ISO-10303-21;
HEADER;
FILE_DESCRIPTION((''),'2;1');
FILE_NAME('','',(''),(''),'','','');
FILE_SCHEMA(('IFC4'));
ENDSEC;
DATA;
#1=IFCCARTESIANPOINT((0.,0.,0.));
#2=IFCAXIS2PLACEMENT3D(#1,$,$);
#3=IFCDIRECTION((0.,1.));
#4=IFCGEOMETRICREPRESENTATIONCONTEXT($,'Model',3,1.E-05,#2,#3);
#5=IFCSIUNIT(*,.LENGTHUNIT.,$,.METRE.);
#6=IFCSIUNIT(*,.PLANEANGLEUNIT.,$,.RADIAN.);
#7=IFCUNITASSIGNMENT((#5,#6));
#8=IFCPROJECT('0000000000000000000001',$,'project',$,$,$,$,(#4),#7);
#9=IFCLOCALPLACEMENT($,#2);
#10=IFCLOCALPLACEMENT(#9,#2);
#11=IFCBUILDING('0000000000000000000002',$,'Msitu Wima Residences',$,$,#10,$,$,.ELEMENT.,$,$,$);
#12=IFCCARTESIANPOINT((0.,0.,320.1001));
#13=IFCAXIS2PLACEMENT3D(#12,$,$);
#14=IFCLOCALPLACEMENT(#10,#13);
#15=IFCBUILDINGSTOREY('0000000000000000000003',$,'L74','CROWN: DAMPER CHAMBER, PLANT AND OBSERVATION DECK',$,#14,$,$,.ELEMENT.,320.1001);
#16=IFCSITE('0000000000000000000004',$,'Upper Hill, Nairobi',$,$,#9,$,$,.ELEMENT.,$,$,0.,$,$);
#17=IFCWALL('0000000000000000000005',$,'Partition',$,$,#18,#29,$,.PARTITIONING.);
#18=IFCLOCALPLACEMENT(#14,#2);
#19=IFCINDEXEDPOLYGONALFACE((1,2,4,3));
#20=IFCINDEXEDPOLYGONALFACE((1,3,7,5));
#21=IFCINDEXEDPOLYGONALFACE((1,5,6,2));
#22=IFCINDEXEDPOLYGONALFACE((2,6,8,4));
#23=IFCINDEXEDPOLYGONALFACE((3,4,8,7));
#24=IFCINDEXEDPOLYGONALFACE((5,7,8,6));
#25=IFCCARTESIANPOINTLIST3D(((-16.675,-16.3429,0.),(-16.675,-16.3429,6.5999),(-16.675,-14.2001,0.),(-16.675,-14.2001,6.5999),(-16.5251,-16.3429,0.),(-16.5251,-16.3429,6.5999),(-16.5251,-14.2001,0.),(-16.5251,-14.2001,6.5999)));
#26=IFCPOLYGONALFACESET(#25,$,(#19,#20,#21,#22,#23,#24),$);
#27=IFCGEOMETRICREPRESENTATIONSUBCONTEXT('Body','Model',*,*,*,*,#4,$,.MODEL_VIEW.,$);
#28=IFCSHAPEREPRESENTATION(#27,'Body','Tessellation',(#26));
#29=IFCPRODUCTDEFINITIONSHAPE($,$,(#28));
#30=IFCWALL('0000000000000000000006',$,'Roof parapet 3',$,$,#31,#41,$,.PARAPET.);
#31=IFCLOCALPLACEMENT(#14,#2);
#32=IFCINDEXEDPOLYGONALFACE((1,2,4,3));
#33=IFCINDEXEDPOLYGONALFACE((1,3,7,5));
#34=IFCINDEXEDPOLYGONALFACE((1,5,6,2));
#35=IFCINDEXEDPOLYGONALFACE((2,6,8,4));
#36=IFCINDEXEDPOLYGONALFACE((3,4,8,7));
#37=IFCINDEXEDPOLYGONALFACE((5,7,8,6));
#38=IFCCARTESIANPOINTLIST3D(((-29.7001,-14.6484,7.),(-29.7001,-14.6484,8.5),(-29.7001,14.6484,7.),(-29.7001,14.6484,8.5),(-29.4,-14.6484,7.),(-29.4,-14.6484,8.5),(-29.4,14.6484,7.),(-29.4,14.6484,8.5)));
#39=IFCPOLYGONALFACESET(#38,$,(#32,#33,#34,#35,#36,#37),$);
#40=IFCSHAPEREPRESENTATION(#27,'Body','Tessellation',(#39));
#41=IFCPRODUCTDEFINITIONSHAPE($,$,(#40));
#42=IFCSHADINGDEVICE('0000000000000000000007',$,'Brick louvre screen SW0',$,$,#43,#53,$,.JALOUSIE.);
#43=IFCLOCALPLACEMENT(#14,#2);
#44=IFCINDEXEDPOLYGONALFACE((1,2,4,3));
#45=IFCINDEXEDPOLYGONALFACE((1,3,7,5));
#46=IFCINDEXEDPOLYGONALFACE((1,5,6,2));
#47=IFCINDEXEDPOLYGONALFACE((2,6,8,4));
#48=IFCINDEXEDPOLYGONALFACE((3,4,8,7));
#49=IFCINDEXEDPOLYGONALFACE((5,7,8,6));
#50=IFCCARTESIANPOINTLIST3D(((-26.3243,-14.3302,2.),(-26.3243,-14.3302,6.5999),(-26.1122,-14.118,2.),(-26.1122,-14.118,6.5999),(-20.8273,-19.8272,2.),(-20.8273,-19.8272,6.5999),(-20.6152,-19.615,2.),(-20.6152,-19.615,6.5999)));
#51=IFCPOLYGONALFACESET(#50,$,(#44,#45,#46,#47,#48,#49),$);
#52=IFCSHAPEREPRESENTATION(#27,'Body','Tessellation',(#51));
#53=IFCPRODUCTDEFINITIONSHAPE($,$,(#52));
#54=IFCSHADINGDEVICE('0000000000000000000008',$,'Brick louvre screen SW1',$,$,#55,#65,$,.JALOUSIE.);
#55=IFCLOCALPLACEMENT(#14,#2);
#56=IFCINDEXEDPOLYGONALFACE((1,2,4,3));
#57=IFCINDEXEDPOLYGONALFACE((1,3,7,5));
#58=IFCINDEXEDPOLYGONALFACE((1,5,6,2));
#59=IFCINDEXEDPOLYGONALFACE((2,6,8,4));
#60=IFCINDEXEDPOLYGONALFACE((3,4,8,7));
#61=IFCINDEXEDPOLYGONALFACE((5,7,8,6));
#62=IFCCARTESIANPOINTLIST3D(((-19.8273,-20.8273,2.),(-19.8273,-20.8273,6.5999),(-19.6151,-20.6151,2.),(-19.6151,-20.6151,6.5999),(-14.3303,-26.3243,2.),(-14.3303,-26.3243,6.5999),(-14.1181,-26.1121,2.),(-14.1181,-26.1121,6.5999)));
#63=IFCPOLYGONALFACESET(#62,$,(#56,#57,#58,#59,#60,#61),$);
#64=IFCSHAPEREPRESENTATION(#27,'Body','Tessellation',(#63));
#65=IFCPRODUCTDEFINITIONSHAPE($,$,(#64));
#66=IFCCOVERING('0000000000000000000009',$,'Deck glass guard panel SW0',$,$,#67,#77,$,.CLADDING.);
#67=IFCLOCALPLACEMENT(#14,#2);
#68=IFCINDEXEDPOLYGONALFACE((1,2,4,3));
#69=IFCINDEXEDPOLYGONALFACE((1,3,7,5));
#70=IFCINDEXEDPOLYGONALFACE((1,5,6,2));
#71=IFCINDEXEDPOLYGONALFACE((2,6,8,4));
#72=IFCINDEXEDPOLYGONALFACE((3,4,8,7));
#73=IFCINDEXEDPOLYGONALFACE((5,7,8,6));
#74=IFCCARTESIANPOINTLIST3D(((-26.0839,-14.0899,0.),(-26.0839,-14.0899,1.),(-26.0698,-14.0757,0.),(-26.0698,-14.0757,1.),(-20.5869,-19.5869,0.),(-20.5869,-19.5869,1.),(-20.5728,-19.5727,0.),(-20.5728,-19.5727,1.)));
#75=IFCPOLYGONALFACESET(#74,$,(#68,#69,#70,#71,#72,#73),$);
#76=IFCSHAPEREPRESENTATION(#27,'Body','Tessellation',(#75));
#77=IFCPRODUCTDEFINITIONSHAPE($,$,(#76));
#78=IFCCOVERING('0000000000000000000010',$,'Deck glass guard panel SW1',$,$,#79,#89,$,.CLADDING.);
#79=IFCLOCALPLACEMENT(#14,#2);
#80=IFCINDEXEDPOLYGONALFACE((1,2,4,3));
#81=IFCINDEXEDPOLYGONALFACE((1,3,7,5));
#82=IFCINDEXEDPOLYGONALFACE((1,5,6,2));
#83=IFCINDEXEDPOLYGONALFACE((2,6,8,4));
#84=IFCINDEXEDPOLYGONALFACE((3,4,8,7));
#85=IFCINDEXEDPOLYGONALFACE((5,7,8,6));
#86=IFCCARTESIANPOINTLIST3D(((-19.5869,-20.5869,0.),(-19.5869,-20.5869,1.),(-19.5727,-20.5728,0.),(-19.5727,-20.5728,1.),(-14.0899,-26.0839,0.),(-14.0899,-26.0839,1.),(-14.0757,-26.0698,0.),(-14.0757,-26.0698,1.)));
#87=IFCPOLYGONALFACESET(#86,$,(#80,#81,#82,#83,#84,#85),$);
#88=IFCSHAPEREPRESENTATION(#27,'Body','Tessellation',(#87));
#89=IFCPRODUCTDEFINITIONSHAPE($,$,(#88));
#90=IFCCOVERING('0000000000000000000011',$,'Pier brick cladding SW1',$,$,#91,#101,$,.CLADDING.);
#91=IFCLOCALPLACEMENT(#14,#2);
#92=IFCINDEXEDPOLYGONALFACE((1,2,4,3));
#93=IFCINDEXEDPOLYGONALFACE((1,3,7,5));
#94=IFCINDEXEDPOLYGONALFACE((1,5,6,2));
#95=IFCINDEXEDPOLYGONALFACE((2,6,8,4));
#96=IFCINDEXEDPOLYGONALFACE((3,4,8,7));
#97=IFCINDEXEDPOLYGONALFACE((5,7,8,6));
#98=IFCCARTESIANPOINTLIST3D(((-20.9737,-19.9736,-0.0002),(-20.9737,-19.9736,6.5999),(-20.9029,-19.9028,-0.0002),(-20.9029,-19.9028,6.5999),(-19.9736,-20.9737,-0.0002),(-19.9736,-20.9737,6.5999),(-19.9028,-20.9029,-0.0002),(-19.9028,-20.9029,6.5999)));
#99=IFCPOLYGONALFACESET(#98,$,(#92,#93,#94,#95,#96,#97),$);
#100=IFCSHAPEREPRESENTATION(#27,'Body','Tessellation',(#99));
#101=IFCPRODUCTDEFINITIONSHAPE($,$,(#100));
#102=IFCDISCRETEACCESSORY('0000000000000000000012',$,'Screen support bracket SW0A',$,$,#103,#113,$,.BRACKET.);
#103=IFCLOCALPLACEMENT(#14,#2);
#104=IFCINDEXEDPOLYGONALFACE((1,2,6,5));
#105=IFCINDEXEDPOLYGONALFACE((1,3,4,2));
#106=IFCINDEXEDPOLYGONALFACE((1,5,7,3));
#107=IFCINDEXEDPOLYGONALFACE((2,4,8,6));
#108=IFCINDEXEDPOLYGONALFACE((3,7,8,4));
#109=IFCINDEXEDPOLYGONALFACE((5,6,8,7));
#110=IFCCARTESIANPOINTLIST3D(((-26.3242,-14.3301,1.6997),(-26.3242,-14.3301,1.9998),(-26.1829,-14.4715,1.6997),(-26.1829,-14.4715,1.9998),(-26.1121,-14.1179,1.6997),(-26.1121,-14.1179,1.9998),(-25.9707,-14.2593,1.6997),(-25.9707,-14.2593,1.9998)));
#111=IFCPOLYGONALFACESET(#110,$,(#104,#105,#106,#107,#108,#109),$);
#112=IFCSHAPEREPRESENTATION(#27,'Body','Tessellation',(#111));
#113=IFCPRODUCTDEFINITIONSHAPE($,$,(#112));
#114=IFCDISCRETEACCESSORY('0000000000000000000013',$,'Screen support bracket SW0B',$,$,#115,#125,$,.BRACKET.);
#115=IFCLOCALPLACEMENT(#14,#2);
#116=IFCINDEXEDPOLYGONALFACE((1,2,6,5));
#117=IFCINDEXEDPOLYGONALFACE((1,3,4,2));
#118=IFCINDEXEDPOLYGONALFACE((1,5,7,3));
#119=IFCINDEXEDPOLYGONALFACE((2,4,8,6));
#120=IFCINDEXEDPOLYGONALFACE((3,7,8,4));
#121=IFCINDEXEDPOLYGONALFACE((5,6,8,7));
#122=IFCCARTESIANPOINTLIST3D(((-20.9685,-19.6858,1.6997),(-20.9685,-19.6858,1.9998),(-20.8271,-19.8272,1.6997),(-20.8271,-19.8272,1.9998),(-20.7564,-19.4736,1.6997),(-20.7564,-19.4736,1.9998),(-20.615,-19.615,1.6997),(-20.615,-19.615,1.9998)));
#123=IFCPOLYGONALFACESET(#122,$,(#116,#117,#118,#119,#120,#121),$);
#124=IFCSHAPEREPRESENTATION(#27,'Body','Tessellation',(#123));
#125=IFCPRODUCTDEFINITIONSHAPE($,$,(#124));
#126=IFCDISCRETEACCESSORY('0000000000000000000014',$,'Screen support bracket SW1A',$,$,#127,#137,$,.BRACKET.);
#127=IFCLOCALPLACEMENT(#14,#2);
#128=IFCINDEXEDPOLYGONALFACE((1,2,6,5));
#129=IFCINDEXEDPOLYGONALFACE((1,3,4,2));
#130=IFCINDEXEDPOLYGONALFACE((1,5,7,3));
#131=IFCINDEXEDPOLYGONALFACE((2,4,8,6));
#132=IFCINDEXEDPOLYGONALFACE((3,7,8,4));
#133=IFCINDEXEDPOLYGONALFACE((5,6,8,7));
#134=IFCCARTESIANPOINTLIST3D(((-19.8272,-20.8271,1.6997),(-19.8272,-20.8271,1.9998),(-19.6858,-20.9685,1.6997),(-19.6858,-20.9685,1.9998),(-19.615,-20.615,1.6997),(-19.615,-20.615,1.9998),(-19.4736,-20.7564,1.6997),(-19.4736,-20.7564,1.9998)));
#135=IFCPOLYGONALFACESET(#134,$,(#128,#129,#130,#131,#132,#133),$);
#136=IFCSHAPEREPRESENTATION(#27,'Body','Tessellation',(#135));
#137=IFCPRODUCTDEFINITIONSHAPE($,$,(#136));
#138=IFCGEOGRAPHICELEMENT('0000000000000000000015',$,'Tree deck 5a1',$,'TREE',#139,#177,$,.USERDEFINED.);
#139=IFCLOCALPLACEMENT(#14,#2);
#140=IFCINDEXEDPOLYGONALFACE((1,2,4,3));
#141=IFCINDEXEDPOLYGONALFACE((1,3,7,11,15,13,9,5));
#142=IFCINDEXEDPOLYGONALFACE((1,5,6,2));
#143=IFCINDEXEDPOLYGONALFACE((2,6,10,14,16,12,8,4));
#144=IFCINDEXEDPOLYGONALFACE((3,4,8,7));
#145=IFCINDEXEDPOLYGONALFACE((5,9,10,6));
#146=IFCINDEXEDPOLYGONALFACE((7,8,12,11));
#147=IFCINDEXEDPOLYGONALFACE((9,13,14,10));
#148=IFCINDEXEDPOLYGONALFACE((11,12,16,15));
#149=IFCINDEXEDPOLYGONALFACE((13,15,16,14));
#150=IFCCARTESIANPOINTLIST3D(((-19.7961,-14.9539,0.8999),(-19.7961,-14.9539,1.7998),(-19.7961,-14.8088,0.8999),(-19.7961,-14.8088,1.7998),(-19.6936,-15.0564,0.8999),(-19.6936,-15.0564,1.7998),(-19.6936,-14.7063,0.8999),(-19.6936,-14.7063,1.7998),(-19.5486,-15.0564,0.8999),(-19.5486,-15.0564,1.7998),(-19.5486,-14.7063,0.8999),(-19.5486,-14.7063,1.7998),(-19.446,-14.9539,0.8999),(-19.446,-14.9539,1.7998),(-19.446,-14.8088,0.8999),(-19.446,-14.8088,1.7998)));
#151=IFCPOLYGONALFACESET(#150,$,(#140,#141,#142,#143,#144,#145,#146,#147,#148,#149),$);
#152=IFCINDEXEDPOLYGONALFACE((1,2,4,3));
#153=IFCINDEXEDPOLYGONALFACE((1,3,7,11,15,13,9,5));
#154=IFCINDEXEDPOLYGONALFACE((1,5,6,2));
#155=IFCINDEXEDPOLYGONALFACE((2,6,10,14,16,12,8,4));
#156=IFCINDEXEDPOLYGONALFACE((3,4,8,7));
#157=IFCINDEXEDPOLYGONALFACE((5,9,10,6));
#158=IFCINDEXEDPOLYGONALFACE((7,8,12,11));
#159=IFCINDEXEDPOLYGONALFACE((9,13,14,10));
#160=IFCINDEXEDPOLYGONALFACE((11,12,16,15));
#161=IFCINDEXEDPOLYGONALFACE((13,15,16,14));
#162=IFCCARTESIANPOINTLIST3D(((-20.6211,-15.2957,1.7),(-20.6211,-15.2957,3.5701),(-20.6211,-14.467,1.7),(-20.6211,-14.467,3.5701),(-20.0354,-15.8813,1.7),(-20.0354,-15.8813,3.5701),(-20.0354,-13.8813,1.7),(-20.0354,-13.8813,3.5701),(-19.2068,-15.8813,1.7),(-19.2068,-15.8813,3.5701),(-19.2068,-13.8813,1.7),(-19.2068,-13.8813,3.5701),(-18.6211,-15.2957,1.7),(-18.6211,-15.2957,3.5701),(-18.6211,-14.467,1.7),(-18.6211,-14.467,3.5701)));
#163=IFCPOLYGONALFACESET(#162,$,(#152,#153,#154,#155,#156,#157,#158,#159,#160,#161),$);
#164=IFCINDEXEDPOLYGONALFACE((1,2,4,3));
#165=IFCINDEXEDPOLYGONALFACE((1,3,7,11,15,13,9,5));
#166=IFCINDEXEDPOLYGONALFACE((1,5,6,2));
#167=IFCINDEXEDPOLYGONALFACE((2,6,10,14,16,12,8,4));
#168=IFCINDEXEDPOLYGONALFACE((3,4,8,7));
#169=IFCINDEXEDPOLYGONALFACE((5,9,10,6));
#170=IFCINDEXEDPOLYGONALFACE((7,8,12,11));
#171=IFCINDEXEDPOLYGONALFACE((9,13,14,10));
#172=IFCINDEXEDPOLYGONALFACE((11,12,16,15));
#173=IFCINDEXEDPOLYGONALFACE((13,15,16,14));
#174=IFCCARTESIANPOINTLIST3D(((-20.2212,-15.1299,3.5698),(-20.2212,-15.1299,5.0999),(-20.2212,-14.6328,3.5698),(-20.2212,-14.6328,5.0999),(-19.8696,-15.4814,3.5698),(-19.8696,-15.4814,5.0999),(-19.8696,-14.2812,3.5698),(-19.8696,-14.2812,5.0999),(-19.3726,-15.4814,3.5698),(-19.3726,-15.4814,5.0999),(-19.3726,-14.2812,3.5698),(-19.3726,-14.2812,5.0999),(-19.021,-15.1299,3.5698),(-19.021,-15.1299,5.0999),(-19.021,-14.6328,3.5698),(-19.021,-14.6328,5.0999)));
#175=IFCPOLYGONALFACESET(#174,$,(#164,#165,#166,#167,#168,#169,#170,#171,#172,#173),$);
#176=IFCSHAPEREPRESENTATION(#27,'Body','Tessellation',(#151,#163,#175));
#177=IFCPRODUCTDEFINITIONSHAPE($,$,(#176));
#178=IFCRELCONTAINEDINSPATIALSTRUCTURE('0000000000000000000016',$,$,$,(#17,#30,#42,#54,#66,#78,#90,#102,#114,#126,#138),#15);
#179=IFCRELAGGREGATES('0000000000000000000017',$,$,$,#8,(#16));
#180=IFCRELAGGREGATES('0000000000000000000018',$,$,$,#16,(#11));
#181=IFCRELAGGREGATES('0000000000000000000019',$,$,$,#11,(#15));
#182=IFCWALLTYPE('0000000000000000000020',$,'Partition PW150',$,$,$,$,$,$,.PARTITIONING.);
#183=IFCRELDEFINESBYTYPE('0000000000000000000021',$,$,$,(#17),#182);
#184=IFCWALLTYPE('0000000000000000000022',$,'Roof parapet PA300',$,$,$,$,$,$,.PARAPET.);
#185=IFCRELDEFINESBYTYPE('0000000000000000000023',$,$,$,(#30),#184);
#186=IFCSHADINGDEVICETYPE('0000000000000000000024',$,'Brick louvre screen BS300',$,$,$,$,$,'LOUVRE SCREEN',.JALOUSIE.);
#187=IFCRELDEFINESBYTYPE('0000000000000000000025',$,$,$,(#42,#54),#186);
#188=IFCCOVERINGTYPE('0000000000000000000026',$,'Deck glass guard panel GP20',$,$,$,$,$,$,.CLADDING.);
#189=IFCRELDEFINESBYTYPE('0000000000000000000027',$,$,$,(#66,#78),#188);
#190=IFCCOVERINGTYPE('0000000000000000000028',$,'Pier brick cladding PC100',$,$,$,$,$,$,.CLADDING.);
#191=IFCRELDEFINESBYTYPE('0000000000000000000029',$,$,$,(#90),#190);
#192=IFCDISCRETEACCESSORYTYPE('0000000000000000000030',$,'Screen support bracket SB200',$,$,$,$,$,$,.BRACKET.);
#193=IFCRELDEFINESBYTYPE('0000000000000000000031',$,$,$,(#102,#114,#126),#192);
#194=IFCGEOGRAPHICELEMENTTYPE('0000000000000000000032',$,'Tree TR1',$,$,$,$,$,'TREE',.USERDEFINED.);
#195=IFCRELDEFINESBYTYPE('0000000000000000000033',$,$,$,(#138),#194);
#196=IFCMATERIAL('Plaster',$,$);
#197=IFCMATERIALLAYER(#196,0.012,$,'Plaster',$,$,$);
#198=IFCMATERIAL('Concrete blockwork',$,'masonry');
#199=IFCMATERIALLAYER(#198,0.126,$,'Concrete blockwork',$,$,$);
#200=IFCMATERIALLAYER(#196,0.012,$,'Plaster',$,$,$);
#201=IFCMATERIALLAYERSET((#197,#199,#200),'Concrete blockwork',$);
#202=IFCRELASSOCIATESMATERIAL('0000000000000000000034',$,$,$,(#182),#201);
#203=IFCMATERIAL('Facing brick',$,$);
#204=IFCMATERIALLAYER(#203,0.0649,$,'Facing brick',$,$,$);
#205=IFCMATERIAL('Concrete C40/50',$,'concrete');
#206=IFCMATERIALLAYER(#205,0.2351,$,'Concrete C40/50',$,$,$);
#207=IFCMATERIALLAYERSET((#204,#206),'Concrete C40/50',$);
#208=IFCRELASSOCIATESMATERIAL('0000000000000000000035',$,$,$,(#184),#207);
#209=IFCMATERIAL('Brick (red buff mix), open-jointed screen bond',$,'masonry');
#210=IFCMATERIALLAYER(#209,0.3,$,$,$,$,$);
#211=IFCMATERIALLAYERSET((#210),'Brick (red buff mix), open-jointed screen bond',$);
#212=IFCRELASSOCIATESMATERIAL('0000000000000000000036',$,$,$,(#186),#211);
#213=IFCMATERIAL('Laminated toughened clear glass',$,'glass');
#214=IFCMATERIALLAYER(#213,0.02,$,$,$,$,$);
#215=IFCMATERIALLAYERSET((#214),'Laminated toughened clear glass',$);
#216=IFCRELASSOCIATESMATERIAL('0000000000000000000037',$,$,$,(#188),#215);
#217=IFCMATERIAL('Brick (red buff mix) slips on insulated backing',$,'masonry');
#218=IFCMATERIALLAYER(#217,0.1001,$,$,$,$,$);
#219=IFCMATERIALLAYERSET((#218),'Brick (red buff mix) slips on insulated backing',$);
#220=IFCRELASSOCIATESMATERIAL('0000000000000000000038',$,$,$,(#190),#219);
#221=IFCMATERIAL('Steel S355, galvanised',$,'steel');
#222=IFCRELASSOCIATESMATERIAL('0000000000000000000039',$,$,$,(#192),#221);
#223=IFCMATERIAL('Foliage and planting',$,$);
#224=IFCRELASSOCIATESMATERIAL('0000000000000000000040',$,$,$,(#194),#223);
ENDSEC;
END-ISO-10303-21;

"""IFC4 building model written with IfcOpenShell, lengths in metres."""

from ifc_helpers import new_model, si_unit, direction, frame, frame_2d, origin, origin_2d, place, context, subcontext, project, spatial, polyline, rectangle, outline, extrude, material, layer, layer_set, type_object, element, save


model = new_model("IFC4")

# Units and contexts
model_context = context("Model", 3, precision=1e-05, world=origin(), true_north=direction((0.0, 1.0)))
body_context = subcontext(model_context, "Body", "Model", "MODEL_VIEW")
ifc_project = project(units=[si_unit("LENGTHUNIT", "METRE"), si_unit("PLANEANGLEUNIT", "RADIAN")], contexts=[model_context])

# Site, building, storey
site_placement = place(None, origin())
site = spatial("IfcSite", under=ifc_project, at=site_placement, Name="Upper Hill, Nairobi", CompositionType="ELEMENT", RefElevation=0.0)
building_placement = place(site_placement, origin())
building = spatial("IfcBuilding", under=site, at=building_placement, Name="Msitu Wima Residences", CompositionType="ELEMENT")
storey_placement = place(building_placement, frame((0.0, 0.0, 320.1001)))
storey = spatial("IfcBuildingStorey", under=building, at=storey_placement, Name="L74", Description="CROWN: DAMPER CHAMBER, PLANT AND OBSERVATION DECK", CompositionType="ELEMENT", Elevation=320.1001)

# Walls
ifc_material_1 = material(Name="Plaster")
ifc_layer_1 = layer(ifc_material_1, 0.012, Name="Plaster")
ifc_material_2 = material(Name="Concrete blockwork", Category="masonry")
ifc_layer_2 = layer(ifc_material_2, 0.126, Name="Concrete blockwork")
ifc_layer_3 = layer(ifc_material_1, 0.012, Name="Plaster")
ifc_layer_set_1 = layer_set([ifc_layer_1, ifc_layer_2, ifc_layer_3], Name="Concrete blockwork")
wall_type_1 = type_object("IfcWallType", Name="Partition PW150", PredefinedType="PARTITIONING", material=ifc_layer_set_1)
wall_1_placement = place(storey_placement, frame((-16.6001, -16.3428, 0.0), z_axis=(0.0, 0.0, 1.0), x_axis=(0.0, 1.0, 0.0)))
element("IfcWall", 1, at=wall_1_placement, inside=storey, type_object=wall_type_1, Name="Partition", PredefinedType="PARTITIONING", context=body_context, shape_type="SweptSolid", body=[
    extrude(rectangle(XDim=2.1428, YDim=0.1499, at=frame_2d((1.0713, 0.0))), origin(), (0.0, 0.0, 1.0), 6.5999),
])
ifc_material_3 = material(Name="Facing brick")
ifc_layer_4 = layer(ifc_material_3, 0.0649, Name="Facing brick")
ifc_material_4 = material(Name="Concrete C40/50", Category="concrete")
ifc_layer_5 = layer(ifc_material_4, 0.2351, Name="Concrete C40/50")
ifc_layer_set_2 = layer_set([ifc_layer_4, ifc_layer_5], Name="Concrete C40/50")
wall_type_2 = type_object("IfcWallType", Name="Roof parapet PA300", PredefinedType="PARAPET", material=ifc_layer_set_2)
wall_2_placement = place(storey_placement, frame((-29.55, -14.6484, 7.0), z_axis=(0.0, 0.0, 1.0), x_axis=(0.0, 1.0, 0.0)))
element("IfcWall", 2, at=wall_2_placement, inside=storey, type_object=wall_type_2, Name="Roof parapet 3", PredefinedType="PARAPET", context=body_context, shape_type="SweptSolid", body=[
    extrude(rectangle(XDim=29.2969, YDim=0.3, at=frame_2d((14.6484, 0.0))), origin(), (0.0, 0.0, 1.0), 1.5),
])

# Shading devices
ifc_material_5 = material(Name="Brick (red buff mix), open-jointed screen bond", Category="masonry")
ifc_layer_6 = layer(ifc_material_5, 0.3)
ifc_layer_set_3 = layer_set([ifc_layer_6], Name="Brick (red buff mix), open-jointed screen bond")
shading_device_type = type_object("IfcShadingDeviceType", Name="Brick louvre screen BS300", ElementType="LOUVRE SCREEN", PredefinedType="JALOUSIE", material=ifc_layer_set_3)
for number, where, z_axis, x_axis, name in (
    (3, (-26.2183, -14.2241, 2.0), (0.0, 0.0, 1.0), (0.707107, -0.707107, 0.0), "Brick louvre screen SW0"),
    (4, (-19.7212, -20.7212, 2.0), (0.0, 0.0, 1.0), (0.707107, -0.707107, 0.0), "Brick louvre screen SW1"),
):
    element("IfcShadingDevice", number, at=place(storey_placement, frame(where, z_axis=z_axis, x_axis=x_axis)), inside=storey, type_object=shading_device_type, Name=name, PredefinedType="JALOUSIE", context=body_context, shape_type="SweptSolid", body=[
        extrude(rectangle(XDim=7.7739, YDim=0.3, at=frame_2d((3.887, 0.0))), origin(), (0.0, 0.0, 1.0), 4.5999),
    ])

# Coverings
ifc_material_6 = material(Name="Laminated toughened clear glass", Category="glass")
ifc_layer_7 = layer(ifc_material_6, 0.02)
ifc_layer_set_4 = layer_set([ifc_layer_7], Name="Laminated toughened clear glass")
covering_type_1 = type_object("IfcCoveringType", Name="Deck glass guard panel GP20", PredefinedType="CLADDING", material=ifc_layer_set_4)
for number, where, z_axis, x_axis, name in (
    (5, (-23.3284, -16.8313, 0.0), (0.0, 0.0, 1.0), (0.707107, -0.707107, 0.0), "Deck glass guard panel SW0"),
    (6, (-16.8313, -23.3284, 0.0), (0.0, 0.0, 1.0), (0.707107, -0.707107, 0.0), "Deck glass guard panel SW1"),
):
    element("IfcCovering", number, at=place(storey_placement, frame(where, z_axis=z_axis, x_axis=x_axis)), inside=storey, type_object=covering_type_1, Name=name, PredefinedType="CLADDING", context=body_context, shape_type="SweptSolid", body=[
        extrude(rectangle(XDim=7.7739, YDim=0.02, at=origin_2d()), origin(), (0.0, 0.0, 1.0), 1.0),
    ])
ifc_material_7 = material(Name="Brick (red buff mix) slips on insulated backing", Category="masonry")
ifc_layer_8 = layer(ifc_material_7, 0.1001)
ifc_layer_set_5 = layer_set([ifc_layer_8], Name="Brick (red buff mix) slips on insulated backing")
covering_type_2 = type_object("IfcCoveringType", Name="Pier brick cladding PC100", PredefinedType="CLADDING", material=ifc_layer_set_5)
covering_placement = place(storey_placement, frame((-20.4382, -20.4382, -0.0002), z_axis=(0.0, 0.0, 1.0), x_axis=(0.707107, -0.707107, 0.0)))
element("IfcCovering", 7, at=covering_placement, inside=storey, type_object=covering_type_2, Name="Pier brick cladding SW1", PredefinedType="CLADDING", context=body_context, shape_type="SweptSolid", body=[
    extrude(rectangle(XDim=1.4143, YDim=0.1001, at=origin_2d()), origin(), (0.0, 0.0, 1.0), 6.6001),
])

# Discrete accessories
ifc_material_8 = material(Name="Steel S355, galvanised", Category="steel")
discrete_accessory_type = type_object("IfcDiscreteAccessoryType", Name="Screen support bracket SB200", PredefinedType="BRACKET", material=ifc_material_8)
for number, where, z_axis, x_axis, name in (
    (8, (-26.1475, -14.2947, 1.6997), (0.0, 0.0, 1.0), (0.707107, -0.707107, 0.0), "Screen support bracket SW0A"),
    (9, (-20.7917, -19.6504, 1.6997), (0.0, 0.0, 1.0), (0.707107, -0.707107, 0.0), "Screen support bracket SW0B"),
    (10, (-19.6504, -20.7917, 1.6997), (0.0, 0.0, 1.0), (0.707107, -0.707107, 0.0), "Screen support bracket SW1A"),
):
    element("IfcDiscreteAccessory", number, at=place(storey_placement, frame(where, z_axis=z_axis, x_axis=x_axis)), inside=storey, type_object=discrete_accessory_type, Name=name, PredefinedType="BRACKET", context=body_context, shape_type="SweptSolid", body=[
        extrude(rectangle(XDim=0.2, YDim=0.3, at=origin_2d()), origin(), (0.0, 0.0, 1.0), 0.3),
    ])

# Geographic element
ifc_material_9 = material(Name="Foliage and planting")
geographic_element_type = type_object("IfcGeographicElementType", Name="Tree TR1", ElementType="TREE", PredefinedType="USERDEFINED", material=ifc_material_9)
geographic_element_placement = place(storey_placement, frame((-19.6211, -14.8813, 0.8999), z_axis=(0.0, 0.0, 1.0), x_axis=(1.0, 0.0, 0.0)))
element("IfcGeographicElement", 11, at=geographic_element_placement, inside=storey, type_object=geographic_element_type, Name="Tree deck 5a1", ObjectType="TREE", PredefinedType="USERDEFINED", context=body_context, shape_type="SweptSolid", body=[
    extrude(outline(polyline([(0.175, 0.0725), (0.0725, 0.175), (-0.0725, 0.175), (-0.175, 0.0725), (-0.175, -0.0725), (-0.0725, -0.175), (0.0725, -0.175), (0.175, -0.0725), (0.175, 0.0725)])), origin(), (0.0, 0.0, 1.0), 0.8999),
    extrude(outline(polyline([(1.0, 0.4143), (0.4143, 1.0), (-0.4143, 1.0), (-1.0, 0.4143), (-1.0, -0.4143), (-0.4143, -1.0), (0.4143, -1.0), (1.0, -0.4143), (1.0, 0.4143)])), frame((0.0, 0.0, 0.8)), (0.0, 0.0, 1.0), 1.8701),
    extrude(outline(polyline([(0.6001, 0.2485), (0.2485, 0.6001), (-0.2485, 0.6001), (-0.6001, 0.2485), (-0.6001, -0.2485), (-0.2485, -0.6001), (0.2485, -0.6001), (0.6001, -0.2485), (0.6001, 0.2485)])), frame((0.0, 0.0, 2.6699)), (0.0, 0.0, 1.0), 1.53),
])

save(model, "model.ifc")
